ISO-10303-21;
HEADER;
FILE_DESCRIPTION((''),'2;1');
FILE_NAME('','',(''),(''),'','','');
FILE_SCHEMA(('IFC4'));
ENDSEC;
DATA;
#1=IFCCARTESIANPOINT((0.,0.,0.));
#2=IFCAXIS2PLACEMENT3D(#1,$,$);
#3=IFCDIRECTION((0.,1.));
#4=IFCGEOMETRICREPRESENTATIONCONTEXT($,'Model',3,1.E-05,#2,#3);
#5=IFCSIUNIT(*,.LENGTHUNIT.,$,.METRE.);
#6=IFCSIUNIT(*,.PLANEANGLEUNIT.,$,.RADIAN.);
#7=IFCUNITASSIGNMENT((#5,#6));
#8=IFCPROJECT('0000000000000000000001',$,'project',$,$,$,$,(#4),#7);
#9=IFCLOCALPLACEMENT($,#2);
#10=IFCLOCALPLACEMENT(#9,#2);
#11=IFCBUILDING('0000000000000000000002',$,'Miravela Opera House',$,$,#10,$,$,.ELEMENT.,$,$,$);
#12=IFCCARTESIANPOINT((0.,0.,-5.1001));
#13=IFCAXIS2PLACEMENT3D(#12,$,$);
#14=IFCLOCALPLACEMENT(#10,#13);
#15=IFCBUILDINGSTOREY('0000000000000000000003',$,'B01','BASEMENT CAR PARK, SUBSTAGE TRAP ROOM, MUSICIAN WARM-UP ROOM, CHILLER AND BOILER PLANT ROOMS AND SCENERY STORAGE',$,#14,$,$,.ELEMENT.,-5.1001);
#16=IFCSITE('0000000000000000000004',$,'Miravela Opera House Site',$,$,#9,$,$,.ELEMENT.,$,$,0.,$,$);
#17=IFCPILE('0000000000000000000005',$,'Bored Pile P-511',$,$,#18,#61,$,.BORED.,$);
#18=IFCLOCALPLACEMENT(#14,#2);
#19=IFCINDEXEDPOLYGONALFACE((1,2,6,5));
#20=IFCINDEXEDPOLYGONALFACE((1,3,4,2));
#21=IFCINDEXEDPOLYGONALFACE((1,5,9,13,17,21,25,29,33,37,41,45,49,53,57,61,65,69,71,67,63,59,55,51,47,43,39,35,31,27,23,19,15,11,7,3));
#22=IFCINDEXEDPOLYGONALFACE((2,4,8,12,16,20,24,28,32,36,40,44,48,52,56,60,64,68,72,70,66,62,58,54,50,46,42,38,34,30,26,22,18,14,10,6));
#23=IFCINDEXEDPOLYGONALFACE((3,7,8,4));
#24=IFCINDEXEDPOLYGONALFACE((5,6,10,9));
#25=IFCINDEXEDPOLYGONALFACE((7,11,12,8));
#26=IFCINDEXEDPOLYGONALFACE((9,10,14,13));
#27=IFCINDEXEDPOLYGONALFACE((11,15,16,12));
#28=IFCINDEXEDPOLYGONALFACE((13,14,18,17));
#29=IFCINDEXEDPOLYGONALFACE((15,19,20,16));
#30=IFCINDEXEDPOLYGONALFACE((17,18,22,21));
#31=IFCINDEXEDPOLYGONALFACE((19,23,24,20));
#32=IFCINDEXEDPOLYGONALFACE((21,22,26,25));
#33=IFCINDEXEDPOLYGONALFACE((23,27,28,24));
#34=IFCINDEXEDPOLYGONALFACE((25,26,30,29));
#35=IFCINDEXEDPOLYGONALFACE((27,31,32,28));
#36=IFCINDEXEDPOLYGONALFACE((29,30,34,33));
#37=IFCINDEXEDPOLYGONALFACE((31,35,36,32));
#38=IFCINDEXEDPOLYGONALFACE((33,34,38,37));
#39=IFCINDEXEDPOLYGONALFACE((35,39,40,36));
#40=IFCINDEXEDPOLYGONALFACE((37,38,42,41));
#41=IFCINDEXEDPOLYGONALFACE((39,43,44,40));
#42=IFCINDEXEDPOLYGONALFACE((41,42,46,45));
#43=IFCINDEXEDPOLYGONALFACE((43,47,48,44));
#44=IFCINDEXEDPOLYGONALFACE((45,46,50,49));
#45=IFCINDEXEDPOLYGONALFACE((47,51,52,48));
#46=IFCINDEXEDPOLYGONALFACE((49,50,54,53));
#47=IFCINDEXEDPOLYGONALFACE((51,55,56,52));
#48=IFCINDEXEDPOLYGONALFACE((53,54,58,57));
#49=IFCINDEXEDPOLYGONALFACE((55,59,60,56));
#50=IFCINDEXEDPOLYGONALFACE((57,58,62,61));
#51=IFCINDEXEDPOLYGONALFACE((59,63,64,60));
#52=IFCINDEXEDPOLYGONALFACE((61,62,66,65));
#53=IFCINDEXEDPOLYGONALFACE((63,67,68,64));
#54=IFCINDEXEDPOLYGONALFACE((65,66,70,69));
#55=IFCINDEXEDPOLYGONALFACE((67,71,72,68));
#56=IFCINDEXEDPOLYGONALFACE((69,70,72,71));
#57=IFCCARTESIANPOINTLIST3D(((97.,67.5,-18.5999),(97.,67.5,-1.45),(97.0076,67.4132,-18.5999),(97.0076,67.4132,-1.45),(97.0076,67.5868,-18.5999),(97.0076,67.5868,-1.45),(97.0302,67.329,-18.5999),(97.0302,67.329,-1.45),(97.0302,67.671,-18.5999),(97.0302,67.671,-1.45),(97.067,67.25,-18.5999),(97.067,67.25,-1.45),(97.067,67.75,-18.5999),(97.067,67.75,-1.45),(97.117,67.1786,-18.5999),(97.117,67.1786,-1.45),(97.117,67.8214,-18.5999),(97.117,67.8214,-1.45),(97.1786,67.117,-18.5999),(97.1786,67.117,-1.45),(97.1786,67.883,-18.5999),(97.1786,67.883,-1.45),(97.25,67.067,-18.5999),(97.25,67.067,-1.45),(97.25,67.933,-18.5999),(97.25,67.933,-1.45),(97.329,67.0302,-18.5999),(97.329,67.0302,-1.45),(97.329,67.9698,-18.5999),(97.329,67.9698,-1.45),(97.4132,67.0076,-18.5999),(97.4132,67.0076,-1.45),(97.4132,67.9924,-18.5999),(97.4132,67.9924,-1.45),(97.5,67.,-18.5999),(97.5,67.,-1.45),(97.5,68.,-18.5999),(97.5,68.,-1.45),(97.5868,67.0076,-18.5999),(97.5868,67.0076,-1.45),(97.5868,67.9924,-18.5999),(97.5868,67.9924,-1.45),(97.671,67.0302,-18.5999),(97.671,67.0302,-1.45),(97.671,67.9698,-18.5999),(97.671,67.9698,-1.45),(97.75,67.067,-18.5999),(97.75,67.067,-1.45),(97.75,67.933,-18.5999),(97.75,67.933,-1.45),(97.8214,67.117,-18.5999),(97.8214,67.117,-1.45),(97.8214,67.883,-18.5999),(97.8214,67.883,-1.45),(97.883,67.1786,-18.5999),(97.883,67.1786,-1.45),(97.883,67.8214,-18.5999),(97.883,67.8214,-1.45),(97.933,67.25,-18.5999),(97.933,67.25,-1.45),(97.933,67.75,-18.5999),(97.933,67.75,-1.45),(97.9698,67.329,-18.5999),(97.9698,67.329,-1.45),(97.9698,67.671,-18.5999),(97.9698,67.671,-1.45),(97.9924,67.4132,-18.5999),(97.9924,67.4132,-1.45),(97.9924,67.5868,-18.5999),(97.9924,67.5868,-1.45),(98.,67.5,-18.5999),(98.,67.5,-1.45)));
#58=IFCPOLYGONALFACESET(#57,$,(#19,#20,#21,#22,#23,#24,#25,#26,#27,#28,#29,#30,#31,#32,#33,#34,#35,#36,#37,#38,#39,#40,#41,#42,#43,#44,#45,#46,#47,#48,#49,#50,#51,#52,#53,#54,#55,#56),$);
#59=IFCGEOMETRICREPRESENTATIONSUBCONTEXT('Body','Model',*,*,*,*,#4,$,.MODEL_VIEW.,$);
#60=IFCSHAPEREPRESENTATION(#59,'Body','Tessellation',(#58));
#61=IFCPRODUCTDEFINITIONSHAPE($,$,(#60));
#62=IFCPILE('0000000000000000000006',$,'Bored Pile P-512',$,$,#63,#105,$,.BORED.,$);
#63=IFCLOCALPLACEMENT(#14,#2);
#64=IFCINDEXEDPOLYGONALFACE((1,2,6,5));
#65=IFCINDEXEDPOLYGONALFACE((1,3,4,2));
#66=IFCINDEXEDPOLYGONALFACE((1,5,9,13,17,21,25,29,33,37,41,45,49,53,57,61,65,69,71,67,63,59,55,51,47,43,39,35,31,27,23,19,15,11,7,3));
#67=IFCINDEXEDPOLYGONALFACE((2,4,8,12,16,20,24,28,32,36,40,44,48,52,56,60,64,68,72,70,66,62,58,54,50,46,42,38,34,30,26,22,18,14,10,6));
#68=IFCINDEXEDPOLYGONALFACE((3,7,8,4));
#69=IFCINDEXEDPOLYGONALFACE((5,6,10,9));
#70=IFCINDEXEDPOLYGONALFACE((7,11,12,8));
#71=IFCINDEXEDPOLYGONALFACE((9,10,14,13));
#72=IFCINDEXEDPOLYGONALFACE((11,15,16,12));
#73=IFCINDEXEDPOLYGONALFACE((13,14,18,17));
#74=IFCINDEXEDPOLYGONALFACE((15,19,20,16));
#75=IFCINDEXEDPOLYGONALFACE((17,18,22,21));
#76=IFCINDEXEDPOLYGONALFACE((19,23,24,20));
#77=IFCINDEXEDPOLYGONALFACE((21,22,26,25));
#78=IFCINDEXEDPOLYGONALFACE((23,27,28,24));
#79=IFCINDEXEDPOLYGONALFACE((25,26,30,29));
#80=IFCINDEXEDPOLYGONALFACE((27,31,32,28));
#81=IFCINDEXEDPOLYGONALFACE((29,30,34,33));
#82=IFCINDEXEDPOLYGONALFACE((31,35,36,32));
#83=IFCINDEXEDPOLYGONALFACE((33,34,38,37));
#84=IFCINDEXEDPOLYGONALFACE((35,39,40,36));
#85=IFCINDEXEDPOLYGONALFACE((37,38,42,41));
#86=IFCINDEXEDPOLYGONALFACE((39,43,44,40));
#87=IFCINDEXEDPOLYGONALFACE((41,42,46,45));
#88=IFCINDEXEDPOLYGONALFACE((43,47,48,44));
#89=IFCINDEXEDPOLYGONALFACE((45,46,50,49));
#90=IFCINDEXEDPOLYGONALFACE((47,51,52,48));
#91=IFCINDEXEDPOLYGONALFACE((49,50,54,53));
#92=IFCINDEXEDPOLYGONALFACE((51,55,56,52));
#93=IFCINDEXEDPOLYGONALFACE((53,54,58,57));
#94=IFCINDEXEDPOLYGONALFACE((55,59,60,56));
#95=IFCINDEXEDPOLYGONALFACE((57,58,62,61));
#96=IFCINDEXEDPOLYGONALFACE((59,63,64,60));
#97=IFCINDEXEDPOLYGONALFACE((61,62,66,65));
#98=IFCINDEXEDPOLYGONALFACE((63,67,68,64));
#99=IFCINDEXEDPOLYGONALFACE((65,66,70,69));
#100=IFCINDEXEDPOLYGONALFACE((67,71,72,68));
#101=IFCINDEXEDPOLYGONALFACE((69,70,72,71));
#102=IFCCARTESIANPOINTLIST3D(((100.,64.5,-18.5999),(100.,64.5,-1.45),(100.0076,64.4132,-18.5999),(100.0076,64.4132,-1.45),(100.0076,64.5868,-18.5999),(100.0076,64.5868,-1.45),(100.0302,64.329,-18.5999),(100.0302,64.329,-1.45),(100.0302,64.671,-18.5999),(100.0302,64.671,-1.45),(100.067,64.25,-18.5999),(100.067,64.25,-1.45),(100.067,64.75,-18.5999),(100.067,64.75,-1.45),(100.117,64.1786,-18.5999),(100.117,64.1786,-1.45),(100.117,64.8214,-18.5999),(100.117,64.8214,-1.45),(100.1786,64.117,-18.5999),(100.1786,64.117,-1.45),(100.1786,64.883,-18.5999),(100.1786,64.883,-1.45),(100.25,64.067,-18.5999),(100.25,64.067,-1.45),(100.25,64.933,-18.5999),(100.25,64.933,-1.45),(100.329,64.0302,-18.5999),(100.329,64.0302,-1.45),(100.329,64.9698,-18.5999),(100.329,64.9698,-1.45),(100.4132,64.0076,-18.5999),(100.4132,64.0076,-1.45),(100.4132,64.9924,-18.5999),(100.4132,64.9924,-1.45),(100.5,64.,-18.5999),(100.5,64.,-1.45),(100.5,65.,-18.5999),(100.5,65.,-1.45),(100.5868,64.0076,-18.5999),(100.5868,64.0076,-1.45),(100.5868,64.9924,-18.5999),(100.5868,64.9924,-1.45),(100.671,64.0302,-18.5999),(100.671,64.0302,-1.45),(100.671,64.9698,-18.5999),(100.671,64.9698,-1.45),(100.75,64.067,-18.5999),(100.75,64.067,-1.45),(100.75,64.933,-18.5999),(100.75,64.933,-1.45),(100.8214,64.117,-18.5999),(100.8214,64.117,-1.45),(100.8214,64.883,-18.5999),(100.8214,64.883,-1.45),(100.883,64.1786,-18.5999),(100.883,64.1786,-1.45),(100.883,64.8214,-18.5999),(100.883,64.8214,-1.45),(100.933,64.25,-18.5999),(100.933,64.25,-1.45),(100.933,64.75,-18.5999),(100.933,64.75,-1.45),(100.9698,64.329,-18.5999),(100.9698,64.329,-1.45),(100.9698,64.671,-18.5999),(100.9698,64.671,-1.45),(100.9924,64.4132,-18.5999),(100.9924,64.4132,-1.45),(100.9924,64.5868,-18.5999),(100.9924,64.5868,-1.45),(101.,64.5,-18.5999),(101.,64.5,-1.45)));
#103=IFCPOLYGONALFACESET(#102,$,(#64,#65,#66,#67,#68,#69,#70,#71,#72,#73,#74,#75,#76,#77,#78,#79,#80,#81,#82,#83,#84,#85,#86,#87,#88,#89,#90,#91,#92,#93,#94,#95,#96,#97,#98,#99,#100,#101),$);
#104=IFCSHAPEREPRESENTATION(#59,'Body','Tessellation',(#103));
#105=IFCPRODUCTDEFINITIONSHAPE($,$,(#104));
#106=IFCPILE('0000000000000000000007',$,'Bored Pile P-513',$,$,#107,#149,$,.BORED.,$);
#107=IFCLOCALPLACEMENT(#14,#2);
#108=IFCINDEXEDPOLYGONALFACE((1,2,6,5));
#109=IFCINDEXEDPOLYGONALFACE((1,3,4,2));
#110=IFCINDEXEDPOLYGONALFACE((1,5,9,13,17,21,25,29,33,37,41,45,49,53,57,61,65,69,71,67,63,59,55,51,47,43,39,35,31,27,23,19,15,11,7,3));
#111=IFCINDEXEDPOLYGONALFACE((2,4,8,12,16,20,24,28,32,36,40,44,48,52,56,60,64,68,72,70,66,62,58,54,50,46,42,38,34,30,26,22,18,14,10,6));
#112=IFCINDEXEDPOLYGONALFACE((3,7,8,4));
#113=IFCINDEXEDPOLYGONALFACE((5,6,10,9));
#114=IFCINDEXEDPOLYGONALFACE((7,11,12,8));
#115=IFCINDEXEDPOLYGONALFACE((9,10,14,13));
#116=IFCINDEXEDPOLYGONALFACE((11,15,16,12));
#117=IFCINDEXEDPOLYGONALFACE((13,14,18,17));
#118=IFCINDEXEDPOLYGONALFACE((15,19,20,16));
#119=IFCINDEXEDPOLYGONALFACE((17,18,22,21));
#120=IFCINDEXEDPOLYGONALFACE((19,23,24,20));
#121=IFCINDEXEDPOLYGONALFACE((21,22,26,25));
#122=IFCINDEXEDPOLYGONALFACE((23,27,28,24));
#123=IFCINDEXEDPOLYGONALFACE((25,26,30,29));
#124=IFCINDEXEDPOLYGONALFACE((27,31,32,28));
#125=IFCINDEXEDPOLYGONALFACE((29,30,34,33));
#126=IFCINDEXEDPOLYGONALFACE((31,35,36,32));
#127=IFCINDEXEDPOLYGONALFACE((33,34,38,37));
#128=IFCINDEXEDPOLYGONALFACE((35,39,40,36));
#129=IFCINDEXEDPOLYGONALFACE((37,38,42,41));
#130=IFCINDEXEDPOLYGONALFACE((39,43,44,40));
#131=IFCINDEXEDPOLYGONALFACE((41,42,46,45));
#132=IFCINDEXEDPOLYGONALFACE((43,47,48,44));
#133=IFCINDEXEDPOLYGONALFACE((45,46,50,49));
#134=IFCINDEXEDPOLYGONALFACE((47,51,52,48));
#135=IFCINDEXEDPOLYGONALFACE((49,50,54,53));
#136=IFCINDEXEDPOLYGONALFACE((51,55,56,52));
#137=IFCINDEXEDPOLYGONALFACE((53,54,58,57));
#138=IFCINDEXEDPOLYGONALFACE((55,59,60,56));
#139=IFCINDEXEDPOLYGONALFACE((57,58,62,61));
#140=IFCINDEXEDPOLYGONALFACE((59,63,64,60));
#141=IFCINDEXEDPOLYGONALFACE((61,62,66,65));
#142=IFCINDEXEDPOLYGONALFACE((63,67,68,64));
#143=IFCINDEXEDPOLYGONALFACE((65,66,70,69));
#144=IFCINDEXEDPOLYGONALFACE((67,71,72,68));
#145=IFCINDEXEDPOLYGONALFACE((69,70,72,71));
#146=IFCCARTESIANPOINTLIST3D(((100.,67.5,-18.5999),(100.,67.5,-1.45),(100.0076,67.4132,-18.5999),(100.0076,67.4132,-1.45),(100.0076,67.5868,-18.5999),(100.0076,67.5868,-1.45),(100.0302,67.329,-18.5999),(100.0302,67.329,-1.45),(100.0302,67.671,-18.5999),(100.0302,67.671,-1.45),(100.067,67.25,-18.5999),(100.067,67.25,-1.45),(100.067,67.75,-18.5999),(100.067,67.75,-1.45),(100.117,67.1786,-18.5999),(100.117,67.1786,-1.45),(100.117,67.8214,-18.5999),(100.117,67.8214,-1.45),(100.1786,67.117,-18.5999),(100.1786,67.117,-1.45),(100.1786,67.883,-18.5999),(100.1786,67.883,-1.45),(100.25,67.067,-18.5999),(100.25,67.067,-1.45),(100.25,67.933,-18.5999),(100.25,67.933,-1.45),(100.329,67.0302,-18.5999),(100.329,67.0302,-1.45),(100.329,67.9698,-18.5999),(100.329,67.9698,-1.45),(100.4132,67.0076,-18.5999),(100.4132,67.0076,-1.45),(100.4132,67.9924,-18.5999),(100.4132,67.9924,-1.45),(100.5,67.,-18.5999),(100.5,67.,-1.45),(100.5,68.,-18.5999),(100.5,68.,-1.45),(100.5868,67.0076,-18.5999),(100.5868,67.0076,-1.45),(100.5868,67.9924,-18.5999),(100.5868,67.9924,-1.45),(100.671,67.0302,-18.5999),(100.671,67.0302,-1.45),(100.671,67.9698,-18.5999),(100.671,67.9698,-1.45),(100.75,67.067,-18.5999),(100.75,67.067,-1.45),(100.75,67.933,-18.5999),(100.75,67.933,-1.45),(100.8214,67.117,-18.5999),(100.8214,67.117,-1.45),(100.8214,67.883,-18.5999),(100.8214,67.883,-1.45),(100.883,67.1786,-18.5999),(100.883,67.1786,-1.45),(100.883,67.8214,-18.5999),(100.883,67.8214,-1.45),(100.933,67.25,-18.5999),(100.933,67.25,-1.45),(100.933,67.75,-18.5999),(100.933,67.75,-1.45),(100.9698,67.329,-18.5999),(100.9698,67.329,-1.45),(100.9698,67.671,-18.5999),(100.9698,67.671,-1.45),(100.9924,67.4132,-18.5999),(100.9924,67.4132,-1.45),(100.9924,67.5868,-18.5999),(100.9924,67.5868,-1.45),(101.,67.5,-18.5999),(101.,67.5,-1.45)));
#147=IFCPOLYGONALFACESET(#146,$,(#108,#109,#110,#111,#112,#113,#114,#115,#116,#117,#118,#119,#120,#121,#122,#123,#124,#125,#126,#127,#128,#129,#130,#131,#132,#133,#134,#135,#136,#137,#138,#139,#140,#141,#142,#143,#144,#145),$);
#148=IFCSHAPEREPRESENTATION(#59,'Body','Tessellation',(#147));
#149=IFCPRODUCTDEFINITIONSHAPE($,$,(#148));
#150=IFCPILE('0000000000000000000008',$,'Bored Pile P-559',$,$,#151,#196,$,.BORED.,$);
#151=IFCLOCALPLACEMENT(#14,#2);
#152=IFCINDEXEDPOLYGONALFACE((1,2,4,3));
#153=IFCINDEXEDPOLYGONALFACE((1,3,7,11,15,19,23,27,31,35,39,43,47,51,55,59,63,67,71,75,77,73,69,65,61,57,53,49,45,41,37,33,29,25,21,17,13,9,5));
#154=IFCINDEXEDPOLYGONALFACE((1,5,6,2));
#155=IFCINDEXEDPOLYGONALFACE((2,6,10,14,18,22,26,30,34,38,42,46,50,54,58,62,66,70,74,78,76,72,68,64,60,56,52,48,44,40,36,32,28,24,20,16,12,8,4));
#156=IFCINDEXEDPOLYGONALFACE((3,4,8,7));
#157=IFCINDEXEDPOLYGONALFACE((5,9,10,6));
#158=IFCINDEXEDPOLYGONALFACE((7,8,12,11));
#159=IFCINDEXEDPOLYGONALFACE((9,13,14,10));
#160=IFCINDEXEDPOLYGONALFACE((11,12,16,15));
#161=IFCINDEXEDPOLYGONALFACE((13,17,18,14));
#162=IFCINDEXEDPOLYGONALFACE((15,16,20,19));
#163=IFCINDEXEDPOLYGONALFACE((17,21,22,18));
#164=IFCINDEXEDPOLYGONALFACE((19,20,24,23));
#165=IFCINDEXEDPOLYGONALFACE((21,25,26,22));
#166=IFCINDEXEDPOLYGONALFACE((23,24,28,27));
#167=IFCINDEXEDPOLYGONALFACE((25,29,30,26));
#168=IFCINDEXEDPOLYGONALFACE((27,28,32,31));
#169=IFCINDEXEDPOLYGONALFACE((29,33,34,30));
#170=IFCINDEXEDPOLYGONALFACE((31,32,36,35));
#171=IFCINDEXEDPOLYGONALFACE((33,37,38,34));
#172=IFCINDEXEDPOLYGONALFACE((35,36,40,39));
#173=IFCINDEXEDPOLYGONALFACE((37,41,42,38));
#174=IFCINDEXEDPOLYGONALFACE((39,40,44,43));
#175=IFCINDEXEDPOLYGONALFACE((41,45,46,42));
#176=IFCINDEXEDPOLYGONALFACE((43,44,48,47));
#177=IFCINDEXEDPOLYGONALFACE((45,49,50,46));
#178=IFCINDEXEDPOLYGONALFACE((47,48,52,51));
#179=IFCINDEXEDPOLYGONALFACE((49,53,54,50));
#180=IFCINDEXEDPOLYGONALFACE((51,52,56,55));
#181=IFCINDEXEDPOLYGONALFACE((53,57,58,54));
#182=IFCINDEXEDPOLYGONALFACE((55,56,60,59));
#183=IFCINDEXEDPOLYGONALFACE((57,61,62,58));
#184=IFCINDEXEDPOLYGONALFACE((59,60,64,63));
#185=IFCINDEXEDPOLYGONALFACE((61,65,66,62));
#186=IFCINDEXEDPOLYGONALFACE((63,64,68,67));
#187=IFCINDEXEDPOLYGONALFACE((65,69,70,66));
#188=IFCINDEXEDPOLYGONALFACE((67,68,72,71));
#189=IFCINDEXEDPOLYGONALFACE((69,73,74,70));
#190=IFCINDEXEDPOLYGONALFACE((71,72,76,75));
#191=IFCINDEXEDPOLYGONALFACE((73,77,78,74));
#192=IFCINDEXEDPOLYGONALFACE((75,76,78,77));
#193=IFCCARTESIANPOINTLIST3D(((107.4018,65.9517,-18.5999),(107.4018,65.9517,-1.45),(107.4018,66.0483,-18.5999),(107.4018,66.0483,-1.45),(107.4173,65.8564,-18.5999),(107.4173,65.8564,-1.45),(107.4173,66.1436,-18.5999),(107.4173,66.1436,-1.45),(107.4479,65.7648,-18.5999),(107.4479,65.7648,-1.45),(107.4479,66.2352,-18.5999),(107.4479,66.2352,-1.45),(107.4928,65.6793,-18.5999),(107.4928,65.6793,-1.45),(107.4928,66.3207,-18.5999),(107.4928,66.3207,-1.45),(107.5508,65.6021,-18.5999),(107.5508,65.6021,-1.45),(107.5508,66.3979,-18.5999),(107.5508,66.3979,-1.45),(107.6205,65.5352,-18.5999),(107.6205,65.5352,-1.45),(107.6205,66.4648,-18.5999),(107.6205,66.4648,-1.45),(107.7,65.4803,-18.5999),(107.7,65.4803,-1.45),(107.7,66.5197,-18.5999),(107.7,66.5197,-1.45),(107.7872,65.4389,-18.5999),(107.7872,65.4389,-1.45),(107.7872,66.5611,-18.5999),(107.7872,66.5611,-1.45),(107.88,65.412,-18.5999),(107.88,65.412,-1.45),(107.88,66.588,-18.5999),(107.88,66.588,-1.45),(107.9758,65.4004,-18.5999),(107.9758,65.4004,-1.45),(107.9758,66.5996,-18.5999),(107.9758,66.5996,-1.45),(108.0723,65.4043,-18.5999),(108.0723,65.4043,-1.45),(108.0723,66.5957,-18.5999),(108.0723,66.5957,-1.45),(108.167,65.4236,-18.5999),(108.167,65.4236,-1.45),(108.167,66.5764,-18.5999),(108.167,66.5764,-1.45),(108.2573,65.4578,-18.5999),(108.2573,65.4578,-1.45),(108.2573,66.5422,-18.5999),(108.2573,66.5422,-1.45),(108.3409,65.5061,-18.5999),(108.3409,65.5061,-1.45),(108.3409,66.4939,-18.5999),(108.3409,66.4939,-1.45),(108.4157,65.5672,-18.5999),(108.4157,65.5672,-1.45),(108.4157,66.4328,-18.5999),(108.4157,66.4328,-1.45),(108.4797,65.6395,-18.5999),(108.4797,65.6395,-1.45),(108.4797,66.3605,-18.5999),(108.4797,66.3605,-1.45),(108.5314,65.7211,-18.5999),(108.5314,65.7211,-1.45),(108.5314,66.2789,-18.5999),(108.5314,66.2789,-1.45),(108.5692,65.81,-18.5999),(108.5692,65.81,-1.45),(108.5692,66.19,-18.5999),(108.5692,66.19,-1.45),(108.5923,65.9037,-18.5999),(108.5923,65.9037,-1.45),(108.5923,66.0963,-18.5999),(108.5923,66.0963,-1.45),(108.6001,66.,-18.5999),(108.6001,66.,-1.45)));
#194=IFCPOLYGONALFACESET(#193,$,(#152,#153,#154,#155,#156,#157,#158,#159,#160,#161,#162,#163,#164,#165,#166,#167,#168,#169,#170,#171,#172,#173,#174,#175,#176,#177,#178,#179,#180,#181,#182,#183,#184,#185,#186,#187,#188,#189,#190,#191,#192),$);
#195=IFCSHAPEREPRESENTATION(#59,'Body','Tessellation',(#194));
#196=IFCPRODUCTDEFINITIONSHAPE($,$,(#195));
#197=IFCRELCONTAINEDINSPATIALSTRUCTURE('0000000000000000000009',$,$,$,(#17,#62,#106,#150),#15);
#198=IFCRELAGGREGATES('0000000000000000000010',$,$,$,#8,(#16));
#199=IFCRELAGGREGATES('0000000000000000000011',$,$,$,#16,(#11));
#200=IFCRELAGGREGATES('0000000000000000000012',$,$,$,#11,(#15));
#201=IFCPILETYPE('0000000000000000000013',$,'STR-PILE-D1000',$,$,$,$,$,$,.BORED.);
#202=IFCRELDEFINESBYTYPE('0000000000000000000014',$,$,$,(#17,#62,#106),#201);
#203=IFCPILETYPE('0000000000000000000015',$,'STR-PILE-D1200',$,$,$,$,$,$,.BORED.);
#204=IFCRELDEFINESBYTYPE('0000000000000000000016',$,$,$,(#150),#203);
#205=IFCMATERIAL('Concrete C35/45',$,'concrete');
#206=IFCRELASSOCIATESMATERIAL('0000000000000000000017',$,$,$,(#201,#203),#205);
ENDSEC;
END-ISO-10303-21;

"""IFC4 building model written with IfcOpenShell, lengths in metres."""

from ifc_helpers import new_model, si_unit, direction, frame, origin, origin_2d, place, context, subcontext, project, spatial, circle, extrude, material, material_profile, profile_set, type_object, element, save


model = new_model("IFC4")

# Units and contexts
model_context = context("Model", 3, precision=1e-05, world=origin(), true_north=direction((0.0, 1.0)))
body_context = subcontext(model_context, "Body", "Model", "MODEL_VIEW")
ifc_project = project(units=[si_unit("LENGTHUNIT", "METRE"), si_unit("PLANEANGLEUNIT", "RADIAN")], contexts=[model_context])

# Site, building, storey
site_placement = place(None, origin())
site = spatial("IfcSite", under=ifc_project, at=site_placement, Name="Miravela Opera House Site", CompositionType="ELEMENT", RefElevation=0.0)
building_placement = place(site_placement, origin())
building = spatial("IfcBuilding", under=site, at=building_placement, Name="Miravela Opera House", CompositionType="ELEMENT")
storey_placement = place(building_placement, frame((0.0, 0.0, -5.1001)))
storey = spatial("IfcBuildingStorey", under=building, at=storey_placement, Name="B01", Description="BASEMENT CAR PARK, SUBSTAGE TRAP ROOM, MUSICIAN WARM-UP ROOM, CHILLER AND BOILER PLANT ROOMS AND SCENERY STORAGE", CompositionType="ELEMENT", Elevation=-5.1001)

# Shared definitions
ifc_material_1 = material(Name="Concrete C35/45", Category="concrete")

# Piles
ifc_material_profile_1 = material_profile(ifc_material_1, circle(Radius=0.5, at=origin_2d()), Name="PILE-D1000")
ifc_profile_set_1 = profile_set([ifc_material_profile_1])
pile_type_1 = type_object("IfcPileType", Name="STR-PILE-D1000", PredefinedType="BORED", material=ifc_profile_set_1)
for number, where, z_axis, x_axis, name in (
    (1, (97.5, 67.5, -1.45), (0.0, 0.0, -1.0), (1.0, 0.0, 0.0), "Bored Pile P-511"),
    (2, (100.5, 64.5, -1.45), (0.0, 0.0, -1.0), (1.0, 0.0, 0.0), "Bored Pile P-512"),
    (3, (100.5, 67.5, -1.45), (0.0, 0.0, -1.0), (1.0, 0.0, 0.0), "Bored Pile P-513"),
):
    element("IfcPile", number, at=place(storey_placement, frame(where, z_axis=z_axis, x_axis=x_axis)), inside=storey, type_object=pile_type_1, Name=name, PredefinedType="BORED", context=body_context, shape_type="SweptSolid", body=[
        extrude(circle(Radius=0.5, at=origin_2d()), origin(), (0.0, 0.0, 1.0), 17.1499),
    ])
ifc_material_profile_2 = material_profile(ifc_material_1, circle(Radius=0.6001, at=origin_2d()), Name="PILE-D1200")
ifc_profile_set_2 = profile_set([ifc_material_profile_2])
pile_type_2 = type_object("IfcPileType", Name="STR-PILE-D1200", PredefinedType="BORED", material=ifc_profile_set_2)
for number, where, z_axis, x_axis, name in (
    (4, (108.0, 66.0, -1.45), (0.0, 0.0, -1.0), (1.0, 0.0, 0.0), "Bored Pile P-559"),
):
    element("IfcPile", number, at=place(storey_placement, frame(where, z_axis=z_axis, x_axis=x_axis)), inside=storey, type_object=pile_type_2, Name=name, PredefinedType="BORED", context=body_context, shape_type="SweptSolid", body=[
        extrude(circle(Radius=0.6001, at=origin_2d()), origin(), (0.0, 0.0, 1.0), 17.1499),
    ])

save(model, "model.ifc")
